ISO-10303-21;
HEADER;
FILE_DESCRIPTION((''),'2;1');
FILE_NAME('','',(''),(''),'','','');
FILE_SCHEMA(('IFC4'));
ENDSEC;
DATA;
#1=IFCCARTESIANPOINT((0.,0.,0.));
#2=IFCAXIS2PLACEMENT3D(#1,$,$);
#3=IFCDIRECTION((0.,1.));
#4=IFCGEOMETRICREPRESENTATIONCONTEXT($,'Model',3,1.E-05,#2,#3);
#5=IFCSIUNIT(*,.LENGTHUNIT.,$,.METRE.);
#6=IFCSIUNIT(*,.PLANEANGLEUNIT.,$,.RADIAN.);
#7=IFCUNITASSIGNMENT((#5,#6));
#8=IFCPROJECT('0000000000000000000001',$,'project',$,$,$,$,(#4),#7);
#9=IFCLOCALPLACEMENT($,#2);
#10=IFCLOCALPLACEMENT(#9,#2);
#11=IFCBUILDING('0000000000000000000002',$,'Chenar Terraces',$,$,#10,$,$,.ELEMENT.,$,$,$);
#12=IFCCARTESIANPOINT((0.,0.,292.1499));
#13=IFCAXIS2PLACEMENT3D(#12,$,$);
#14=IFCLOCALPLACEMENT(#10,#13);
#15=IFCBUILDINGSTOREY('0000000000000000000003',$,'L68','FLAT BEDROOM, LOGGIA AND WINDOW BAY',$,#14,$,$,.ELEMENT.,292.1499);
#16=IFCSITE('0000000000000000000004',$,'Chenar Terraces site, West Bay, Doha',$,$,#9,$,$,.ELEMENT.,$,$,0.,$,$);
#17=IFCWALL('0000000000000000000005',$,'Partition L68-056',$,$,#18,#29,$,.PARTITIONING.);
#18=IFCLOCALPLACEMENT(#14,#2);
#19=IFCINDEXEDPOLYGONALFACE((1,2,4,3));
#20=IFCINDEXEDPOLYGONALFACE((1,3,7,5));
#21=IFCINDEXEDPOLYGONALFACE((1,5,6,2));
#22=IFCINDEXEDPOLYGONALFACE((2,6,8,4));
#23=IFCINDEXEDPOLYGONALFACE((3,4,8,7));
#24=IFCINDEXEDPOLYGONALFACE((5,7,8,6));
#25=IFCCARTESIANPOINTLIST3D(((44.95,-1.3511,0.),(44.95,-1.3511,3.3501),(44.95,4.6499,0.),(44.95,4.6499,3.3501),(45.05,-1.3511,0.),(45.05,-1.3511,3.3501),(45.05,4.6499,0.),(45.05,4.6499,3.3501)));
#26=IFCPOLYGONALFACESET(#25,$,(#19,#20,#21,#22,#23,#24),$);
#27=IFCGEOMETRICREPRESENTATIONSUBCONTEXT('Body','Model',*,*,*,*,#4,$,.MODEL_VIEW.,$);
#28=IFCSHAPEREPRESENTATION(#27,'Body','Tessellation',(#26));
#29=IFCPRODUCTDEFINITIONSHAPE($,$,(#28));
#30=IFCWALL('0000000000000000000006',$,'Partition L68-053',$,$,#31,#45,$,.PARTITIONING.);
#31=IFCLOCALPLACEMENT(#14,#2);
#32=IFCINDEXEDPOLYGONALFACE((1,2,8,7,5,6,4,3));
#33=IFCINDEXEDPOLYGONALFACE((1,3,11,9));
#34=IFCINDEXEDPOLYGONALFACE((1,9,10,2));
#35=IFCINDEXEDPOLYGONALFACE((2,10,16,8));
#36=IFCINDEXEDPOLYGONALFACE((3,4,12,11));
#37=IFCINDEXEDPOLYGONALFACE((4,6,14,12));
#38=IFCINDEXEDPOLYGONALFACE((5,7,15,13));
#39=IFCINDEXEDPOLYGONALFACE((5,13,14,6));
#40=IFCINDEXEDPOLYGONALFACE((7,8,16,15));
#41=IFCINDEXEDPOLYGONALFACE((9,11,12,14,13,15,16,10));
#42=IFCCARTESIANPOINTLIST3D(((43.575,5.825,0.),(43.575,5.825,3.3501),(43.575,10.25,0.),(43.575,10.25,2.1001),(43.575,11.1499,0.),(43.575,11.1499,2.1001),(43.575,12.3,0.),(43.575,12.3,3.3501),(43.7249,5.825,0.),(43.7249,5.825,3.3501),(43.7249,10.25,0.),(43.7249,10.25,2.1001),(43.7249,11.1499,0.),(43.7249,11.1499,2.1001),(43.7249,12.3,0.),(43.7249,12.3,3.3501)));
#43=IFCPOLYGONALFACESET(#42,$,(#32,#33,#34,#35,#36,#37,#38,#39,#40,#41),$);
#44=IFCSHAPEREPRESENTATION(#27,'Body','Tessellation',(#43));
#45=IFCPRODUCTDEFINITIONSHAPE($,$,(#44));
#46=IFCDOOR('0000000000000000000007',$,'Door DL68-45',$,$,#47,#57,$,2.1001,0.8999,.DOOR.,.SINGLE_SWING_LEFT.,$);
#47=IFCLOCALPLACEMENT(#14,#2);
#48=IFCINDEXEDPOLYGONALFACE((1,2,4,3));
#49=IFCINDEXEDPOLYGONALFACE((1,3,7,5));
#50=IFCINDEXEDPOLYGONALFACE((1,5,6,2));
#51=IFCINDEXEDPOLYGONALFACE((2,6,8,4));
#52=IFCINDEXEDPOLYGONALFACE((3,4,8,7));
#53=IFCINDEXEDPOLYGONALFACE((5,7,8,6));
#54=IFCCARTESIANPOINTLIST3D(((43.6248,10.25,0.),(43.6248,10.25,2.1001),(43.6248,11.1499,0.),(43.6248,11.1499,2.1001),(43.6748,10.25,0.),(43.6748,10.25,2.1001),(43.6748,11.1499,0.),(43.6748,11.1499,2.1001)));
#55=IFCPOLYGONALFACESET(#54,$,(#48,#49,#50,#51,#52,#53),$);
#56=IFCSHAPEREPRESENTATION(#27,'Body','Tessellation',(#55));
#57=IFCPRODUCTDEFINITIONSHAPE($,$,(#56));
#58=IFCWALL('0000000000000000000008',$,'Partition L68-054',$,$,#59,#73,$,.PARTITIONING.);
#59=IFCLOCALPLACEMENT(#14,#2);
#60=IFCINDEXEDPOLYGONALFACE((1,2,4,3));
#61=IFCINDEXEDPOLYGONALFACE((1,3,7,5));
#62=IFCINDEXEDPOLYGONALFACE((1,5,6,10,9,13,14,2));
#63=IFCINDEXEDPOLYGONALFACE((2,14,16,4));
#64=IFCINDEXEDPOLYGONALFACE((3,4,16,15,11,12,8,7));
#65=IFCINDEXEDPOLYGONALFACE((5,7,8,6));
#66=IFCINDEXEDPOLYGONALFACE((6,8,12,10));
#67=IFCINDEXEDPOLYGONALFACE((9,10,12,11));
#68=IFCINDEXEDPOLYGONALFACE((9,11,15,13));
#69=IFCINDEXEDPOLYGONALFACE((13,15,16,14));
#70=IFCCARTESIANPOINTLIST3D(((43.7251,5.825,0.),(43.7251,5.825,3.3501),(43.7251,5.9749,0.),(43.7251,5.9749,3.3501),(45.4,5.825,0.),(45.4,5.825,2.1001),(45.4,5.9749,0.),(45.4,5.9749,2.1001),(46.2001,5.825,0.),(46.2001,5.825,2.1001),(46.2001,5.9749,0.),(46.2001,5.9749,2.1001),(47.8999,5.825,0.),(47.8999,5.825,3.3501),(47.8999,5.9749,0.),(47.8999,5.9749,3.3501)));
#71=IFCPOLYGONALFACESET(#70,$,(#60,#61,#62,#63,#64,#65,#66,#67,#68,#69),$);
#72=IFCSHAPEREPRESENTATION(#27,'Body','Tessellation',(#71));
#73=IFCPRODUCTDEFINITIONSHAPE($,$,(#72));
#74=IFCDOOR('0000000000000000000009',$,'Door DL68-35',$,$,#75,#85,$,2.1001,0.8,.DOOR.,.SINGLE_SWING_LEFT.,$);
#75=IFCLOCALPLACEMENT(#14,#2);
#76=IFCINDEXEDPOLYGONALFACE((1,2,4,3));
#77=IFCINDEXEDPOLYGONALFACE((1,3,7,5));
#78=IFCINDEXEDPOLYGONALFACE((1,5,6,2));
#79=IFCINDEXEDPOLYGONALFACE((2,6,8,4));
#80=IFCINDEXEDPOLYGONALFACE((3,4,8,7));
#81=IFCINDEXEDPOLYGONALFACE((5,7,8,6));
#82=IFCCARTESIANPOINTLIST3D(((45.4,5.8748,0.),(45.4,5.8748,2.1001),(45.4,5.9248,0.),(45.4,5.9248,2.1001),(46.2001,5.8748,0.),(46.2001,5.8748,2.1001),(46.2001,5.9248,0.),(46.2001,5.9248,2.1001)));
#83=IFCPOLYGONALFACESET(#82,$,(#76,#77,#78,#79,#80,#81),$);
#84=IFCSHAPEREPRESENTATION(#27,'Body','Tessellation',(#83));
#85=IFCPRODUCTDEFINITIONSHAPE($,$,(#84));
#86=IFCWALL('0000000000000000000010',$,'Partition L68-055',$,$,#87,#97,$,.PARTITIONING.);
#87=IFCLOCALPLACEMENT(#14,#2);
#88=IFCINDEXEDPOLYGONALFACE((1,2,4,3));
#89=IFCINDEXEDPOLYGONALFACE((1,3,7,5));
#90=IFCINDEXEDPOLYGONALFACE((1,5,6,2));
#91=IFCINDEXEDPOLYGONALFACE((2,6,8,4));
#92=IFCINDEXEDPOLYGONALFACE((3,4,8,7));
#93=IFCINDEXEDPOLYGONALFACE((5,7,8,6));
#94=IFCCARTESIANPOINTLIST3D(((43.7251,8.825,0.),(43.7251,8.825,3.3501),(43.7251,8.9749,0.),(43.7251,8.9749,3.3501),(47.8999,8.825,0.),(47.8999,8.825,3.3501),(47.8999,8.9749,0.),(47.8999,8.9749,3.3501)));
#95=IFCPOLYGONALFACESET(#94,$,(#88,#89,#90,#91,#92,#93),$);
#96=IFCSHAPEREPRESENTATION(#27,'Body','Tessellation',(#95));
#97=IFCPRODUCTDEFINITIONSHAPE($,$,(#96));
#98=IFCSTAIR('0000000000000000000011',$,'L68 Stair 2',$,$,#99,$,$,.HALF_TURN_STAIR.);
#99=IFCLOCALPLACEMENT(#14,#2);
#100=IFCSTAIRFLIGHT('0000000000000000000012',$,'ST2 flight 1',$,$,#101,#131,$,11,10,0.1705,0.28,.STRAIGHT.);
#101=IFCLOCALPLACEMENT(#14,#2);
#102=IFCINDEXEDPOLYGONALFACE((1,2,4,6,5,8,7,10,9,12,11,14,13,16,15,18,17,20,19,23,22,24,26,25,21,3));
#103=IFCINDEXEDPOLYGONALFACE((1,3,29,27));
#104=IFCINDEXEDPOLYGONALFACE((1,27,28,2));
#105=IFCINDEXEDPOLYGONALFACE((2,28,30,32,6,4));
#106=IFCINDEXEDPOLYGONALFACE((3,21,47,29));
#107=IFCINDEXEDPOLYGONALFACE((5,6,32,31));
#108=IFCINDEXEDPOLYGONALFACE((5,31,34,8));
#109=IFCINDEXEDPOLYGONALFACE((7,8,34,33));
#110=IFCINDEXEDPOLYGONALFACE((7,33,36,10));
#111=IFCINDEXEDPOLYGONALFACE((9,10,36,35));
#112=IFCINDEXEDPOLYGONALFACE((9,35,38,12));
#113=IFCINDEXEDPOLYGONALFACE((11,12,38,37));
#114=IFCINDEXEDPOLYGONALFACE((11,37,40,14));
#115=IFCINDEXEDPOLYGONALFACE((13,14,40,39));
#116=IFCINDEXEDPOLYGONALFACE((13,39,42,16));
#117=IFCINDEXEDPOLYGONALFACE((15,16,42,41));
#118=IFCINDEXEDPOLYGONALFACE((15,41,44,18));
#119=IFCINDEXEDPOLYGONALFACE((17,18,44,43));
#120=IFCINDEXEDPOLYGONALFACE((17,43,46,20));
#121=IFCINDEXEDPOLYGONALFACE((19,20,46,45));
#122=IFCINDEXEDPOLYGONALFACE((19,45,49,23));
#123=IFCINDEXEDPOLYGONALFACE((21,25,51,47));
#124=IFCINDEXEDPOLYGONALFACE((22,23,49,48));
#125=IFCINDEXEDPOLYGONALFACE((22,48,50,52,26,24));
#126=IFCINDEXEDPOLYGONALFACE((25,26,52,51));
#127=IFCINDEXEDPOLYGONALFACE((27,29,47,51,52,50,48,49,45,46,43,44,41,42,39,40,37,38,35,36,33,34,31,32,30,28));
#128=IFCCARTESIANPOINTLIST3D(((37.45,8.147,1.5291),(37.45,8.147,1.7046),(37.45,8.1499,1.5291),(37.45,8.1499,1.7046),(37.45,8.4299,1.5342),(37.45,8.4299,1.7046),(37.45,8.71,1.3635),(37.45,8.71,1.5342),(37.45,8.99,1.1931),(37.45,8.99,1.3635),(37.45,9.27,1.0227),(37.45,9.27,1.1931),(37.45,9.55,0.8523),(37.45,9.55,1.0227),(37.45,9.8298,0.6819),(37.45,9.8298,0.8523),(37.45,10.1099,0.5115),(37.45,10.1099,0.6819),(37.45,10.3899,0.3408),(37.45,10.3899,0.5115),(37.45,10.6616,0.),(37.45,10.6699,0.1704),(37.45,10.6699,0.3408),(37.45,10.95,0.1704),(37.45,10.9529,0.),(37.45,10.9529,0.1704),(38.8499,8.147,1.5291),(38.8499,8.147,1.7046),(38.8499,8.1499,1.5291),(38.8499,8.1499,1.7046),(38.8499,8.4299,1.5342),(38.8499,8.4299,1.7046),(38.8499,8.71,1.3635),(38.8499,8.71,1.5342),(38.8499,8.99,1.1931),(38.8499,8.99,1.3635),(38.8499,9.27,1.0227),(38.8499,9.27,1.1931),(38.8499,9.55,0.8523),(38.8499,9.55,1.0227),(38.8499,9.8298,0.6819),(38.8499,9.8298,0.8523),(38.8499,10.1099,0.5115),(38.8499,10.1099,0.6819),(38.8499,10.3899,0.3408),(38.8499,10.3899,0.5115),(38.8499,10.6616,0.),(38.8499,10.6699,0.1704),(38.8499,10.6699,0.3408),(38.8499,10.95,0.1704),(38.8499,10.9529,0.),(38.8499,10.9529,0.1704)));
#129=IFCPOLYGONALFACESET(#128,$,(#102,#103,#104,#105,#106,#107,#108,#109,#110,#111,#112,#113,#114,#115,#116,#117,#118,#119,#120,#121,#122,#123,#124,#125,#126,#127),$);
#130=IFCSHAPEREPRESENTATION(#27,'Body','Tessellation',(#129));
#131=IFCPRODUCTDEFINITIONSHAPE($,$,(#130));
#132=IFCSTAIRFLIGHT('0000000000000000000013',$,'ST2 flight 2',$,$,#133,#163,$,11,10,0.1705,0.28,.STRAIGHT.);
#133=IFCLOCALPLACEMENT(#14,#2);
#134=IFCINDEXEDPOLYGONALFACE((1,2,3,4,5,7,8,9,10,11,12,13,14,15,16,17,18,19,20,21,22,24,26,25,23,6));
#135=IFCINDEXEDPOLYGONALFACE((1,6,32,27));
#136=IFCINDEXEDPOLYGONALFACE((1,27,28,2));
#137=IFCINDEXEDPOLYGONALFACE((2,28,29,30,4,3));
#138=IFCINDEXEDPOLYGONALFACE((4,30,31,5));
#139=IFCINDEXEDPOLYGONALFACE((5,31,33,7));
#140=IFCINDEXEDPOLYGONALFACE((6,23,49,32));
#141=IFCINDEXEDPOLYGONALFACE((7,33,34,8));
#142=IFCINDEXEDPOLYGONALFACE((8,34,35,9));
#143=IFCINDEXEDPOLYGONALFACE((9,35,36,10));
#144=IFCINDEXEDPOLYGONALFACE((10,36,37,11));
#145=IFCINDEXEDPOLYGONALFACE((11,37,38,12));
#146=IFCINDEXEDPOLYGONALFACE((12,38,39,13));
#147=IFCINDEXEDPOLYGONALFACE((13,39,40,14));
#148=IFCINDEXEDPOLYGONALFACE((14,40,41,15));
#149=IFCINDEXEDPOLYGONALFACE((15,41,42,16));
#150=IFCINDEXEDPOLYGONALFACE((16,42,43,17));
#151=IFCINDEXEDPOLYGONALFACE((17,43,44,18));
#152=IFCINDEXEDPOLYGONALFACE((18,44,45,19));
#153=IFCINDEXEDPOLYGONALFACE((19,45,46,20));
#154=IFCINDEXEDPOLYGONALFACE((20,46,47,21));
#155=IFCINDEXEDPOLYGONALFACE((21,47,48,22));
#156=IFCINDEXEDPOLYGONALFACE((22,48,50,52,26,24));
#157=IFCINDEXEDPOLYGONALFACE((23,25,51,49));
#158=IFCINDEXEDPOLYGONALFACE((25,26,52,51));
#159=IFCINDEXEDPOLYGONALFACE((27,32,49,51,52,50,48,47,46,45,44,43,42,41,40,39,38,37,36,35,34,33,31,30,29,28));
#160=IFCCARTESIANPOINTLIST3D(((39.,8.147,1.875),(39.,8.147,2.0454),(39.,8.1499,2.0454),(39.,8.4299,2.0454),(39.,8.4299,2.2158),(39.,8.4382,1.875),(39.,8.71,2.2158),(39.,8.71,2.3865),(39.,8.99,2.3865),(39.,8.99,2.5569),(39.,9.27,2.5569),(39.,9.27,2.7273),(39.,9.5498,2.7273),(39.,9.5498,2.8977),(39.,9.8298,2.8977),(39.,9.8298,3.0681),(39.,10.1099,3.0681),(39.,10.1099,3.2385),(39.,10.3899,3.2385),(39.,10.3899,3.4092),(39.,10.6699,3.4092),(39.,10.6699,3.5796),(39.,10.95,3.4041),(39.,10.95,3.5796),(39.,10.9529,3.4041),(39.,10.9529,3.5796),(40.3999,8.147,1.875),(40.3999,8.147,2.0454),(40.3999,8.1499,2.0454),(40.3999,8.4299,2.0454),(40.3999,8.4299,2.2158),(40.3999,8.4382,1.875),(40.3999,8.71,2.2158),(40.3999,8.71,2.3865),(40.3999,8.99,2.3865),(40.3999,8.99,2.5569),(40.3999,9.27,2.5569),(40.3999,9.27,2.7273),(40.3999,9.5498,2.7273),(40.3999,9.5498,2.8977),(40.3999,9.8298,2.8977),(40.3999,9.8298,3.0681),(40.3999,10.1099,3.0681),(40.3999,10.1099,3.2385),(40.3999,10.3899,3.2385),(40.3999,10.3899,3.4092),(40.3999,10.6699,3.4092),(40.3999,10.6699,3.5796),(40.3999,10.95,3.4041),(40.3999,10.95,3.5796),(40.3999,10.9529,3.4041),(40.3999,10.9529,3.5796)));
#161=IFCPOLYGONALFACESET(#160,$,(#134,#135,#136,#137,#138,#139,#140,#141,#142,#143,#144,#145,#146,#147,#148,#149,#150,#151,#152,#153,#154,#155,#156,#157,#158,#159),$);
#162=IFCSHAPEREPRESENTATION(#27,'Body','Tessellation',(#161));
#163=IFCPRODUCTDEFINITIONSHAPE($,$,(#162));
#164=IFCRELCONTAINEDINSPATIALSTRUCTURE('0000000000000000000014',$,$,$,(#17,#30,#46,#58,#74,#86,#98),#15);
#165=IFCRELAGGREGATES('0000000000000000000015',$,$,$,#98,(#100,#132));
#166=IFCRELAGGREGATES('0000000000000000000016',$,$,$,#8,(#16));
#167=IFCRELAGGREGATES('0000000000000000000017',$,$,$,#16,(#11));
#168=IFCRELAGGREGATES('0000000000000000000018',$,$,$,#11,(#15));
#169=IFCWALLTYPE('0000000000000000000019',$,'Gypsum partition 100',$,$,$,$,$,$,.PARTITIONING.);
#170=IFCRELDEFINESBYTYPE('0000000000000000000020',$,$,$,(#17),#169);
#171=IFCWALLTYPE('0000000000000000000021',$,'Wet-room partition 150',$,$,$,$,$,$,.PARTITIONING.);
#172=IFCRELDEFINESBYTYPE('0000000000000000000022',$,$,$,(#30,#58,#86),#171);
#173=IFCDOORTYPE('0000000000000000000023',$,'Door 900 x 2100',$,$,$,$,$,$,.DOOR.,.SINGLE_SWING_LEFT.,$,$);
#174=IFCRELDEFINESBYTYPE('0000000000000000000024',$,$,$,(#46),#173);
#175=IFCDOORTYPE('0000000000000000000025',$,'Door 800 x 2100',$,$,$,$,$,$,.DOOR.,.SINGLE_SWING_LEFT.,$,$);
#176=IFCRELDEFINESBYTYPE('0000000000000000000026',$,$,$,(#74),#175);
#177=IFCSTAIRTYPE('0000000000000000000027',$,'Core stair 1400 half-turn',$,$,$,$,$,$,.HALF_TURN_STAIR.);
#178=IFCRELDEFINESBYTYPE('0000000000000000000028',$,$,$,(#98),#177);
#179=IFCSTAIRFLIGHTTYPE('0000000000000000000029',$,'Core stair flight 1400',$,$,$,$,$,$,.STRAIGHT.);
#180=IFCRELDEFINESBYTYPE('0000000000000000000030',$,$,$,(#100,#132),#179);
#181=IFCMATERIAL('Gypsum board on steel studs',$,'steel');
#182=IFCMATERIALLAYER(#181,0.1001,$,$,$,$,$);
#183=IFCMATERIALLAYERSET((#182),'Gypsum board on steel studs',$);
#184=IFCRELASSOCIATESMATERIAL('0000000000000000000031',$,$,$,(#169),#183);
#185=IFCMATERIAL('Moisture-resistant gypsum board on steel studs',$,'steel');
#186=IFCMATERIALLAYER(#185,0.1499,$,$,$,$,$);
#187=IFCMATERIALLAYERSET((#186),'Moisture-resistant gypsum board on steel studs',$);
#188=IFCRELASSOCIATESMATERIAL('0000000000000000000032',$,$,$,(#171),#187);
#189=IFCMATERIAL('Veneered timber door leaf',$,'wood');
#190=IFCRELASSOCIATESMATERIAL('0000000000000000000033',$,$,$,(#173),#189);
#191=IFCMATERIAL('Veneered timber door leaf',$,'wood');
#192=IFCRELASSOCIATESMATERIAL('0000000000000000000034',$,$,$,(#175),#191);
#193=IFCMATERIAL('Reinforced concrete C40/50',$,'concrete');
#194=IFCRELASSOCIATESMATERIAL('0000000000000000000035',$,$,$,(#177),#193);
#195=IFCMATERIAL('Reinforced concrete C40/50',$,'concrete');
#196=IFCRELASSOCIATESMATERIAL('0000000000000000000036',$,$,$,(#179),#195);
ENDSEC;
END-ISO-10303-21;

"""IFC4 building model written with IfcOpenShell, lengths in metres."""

from ifc_helpers import new_model, si_unit, direction, frame, frame_2d, origin, place, context, subcontext, project, spatial, polyline, rectangle, outline, extrude, material, layer, layer_set, type_object, element, fill, aggregate, save


model = new_model("IFC4")

# Units and contexts
model_context = context("Model", 3, precision=1e-05, world=origin(), true_north=direction((0.0, 1.0)))
body_context = subcontext(model_context, "Body", "Model", "MODEL_VIEW")
ifc_project = project(units=[si_unit("LENGTHUNIT", "METRE"), si_unit("PLANEANGLEUNIT", "RADIAN")], contexts=[model_context])

# Site, building, storey
site_placement = place(None, origin())
site = spatial("IfcSite", under=ifc_project, at=site_placement, Name="Chenar Terraces site, West Bay, Doha", CompositionType="ELEMENT", RefElevation=0.0)
building_placement = place(site_placement, origin())
building = spatial("IfcBuilding", under=site, at=building_placement, Name="Chenar Terraces", CompositionType="ELEMENT")
storey_placement = place(building_placement, frame((0.0, 0.0, 292.1499)))
storey = spatial("IfcBuildingStorey", under=building, at=storey_placement, Name="L68", Description="FLAT BEDROOM, LOGGIA AND WINDOW BAY", CompositionType="ELEMENT", Elevation=292.1499)

# Wall
ifc_material_1 = material(Name="Gypsum board on steel studs", Category="steel")
ifc_layer_1 = layer(ifc_material_1, 0.1001)
ifc_layer_set_1 = layer_set([ifc_layer_1], Name="Gypsum board on steel studs")
wall_type_1 = type_object("IfcWallType", Name="Gypsum partition 100", PredefinedType="PARTITIONING", material=ifc_layer_set_1)
wall_1_placement = place(storey_placement, frame((45.0, -1.3511, 0.0), z_axis=(0.0, 0.0, 1.0), x_axis=(0.0, 1.0, 0.0)))
element("IfcWall", 1, at=wall_1_placement, inside=storey, type_object=wall_type_1, Name="Partition L68-056", PredefinedType="PARTITIONING", context=body_context, shape_type="SweptSolid", body=[
    extrude(rectangle(XDim=6.001, YDim=0.1001, at=frame_2d((3.0005, 0.0))), origin(), (0.0, 0.0, 1.0), 3.3501),
])

# Walls, openings, doors
ifc_material_2 = material(Name="Moisture-resistant gypsum board on steel studs", Category="steel")
ifc_layer_2 = layer(ifc_material_2, 0.1499)
ifc_layer_set_2 = layer_set([ifc_layer_2], Name="Moisture-resistant gypsum board on steel studs")
wall_type_2 = type_object("IfcWallType", Name="Wet-room partition 150", PredefinedType="PARTITIONING", material=ifc_layer_set_2)
wall_2_placement = place(storey_placement, frame((43.6499, 5.825, 0.0), z_axis=(0.0, 0.0, 1.0), x_axis=(0.0, 1.0, 0.0)))
wall_2 = element("IfcWall", 2, at=wall_2_placement, inside=storey, type_object=wall_type_2, Name="Partition L68-053", PredefinedType="PARTITIONING", context=body_context, shape_type="SweptSolid", body=[
    extrude(rectangle(XDim=6.4751, YDim=0.1499, at=frame_2d((3.2375, 0.0))), origin(), (0.0, 0.0, 1.0), 3.3501),
])
opening_1_placement = place(wall_2_placement, frame((4.425, 0.0, 0.0)))
opening_1 = element("IfcOpeningElement", 3, at=opening_1_placement, cuts=wall_2, PredefinedType="OPENING", context=body_context, shape_type="SweptSolid", body=[
    extrude(rectangle(XDim=0.8999, YDim=2.1001, at=frame_2d((0.45, 1.05))), frame((0.0, 0.085, 0.0), z_axis=(0.0, -1.0, 0.0), x_axis=(1.0, 0.0, 0.0)), (0.0, 0.0, 1.0), 0.1699),
])
ifc_material_3 = material(Name="Veneered timber door leaf", Category="wood")
door_type_1 = type_object("IfcDoorType", Name="Door 900 x 2100", OperationType="SINGLE_SWING_LEFT", PredefinedType="DOOR", material=ifc_material_3)
door_1_placement = place(opening_1_placement, frame((0.8999, 0.0, 0.0), z_axis=(0.0, 0.0, 1.0), x_axis=(-1.0, 0.0, 0.0)))
door_1 = element("IfcDoor", 4, at=door_1_placement, inside=storey, type_object=door_type_1, Name="Door DL68-45", OperationType="SINGLE_SWING_LEFT", OverallHeight=2.1001, OverallWidth=0.8999, PredefinedType="DOOR", context=body_context, shape_type="SweptSolid", body=[
    extrude(rectangle(XDim=0.8999, YDim=2.1001, at=frame_2d((0.45, 1.05))), frame((0.0, 0.0249, 0.0), z_axis=(0.0, -1.0, 0.0), x_axis=(1.0, 0.0, 0.0)), (0.0, 0.0, 1.0), 0.05),
])
fill(opening_1, door_1)
wall_3_placement = place(storey_placement, frame((43.7251, 5.8999, 0.0), z_axis=(0.0, 0.0, 1.0), x_axis=(1.0, 0.0, 0.0)))
wall_3 = element("IfcWall", 5, at=wall_3_placement, inside=storey, type_object=wall_type_2, Name="Partition L68-054", PredefinedType="PARTITIONING", context=body_context, shape_type="SweptSolid", body=[
    extrude(rectangle(XDim=4.1748, YDim=0.1499, at=frame_2d((2.0874, 0.0))), origin(), (0.0, 0.0, 1.0), 3.3501),
])
opening_2_placement = place(wall_3_placement, frame((1.675, 0.0, 0.0)))
opening_2 = element("IfcOpeningElement", 6, at=opening_2_placement, cuts=wall_3, PredefinedType="OPENING", context=body_context, shape_type="SweptSolid", body=[
    extrude(rectangle(XDim=0.8, YDim=2.1001, at=frame_2d((0.3999, 1.05))), frame((0.0, 0.085, 0.0), z_axis=(0.0, -1.0, 0.0), x_axis=(1.0, 0.0, 0.0)), (0.0, 0.0, 1.0), 0.1699),
])
ifc_material_4 = material(Name="Veneered timber door leaf", Category="wood")
door_type_2 = type_object("IfcDoorType", Name="Door 800 x 2100", OperationType="SINGLE_SWING_LEFT", PredefinedType="DOOR", material=ifc_material_4)
door_2_placement = place(opening_2_placement, origin())
door_2 = element("IfcDoor", 7, at=door_2_placement, inside=storey, type_object=door_type_2, Name="Door DL68-35", OperationType="SINGLE_SWING_LEFT", OverallHeight=2.1001, OverallWidth=0.8, PredefinedType="DOOR", context=body_context, shape_type="SweptSolid", body=[
    extrude(rectangle(XDim=0.8, YDim=2.1001, at=frame_2d((0.3999, 1.05))), frame((0.0, 0.0249, 0.0), z_axis=(0.0, -1.0, 0.0), x_axis=(1.0, 0.0, 0.0)), (0.0, 0.0, 1.0), 0.05),
])
fill(opening_2, door_2)

# Wall
wall_4_placement = place(storey_placement, frame((43.7251, 8.8999, 0.0), z_axis=(0.0, 0.0, 1.0), x_axis=(1.0, 0.0, 0.0)))
element("IfcWall", 8, at=wall_4_placement, inside=storey, type_object=wall_type_2, Name="Partition L68-055", PredefinedType="PARTITIONING", context=body_context, shape_type="SweptSolid", body=[
    extrude(rectangle(XDim=4.1748, YDim=0.1499, at=frame_2d((2.0874, 0.0))), origin(), (0.0, 0.0, 1.0), 3.3501),
])

# Stair, stair flights
ifc_material_5 = material(Name="Reinforced concrete C40/50", Category="concrete")
stair_type = type_object("IfcStairType", Name="Core stair 1400 half-turn", PredefinedType="HALF_TURN_STAIR", material=ifc_material_5)
stair_placement = place(storey_placement, origin())
stair = element("IfcStair", 9, at=stair_placement, inside=storey, type_object=stair_type, Name="L68 Stair 2", PredefinedType="HALF_TURN_STAIR")
ifc_material_6 = material(Name="Reinforced concrete C40/50", Category="concrete")
stair_flight_type = type_object("IfcStairFlightType", Name="Core stair flight 1400", PredefinedType="STRAIGHT", material=ifc_material_6)
stair_flight_1_placement = place(storey_placement, frame((38.1499, 10.95, 0.0), z_axis=(0.0, 0.0, 1.0), x_axis=(0.0, -1.0, 0.0)))
stair_flight_1 = element("IfcStairFlight", 10, at=stair_flight_1_placement, type_object=stair_flight_type, Name="ST2 flight 1", NumberOfRisers=11, NumberOfTreads=10, PredefinedType="STRAIGHT", RiserHeight=0.1705, TreadLength=0.28, context=body_context, shape_type="SweptSolid", body=[
    extrude(outline(polyline([(-0.0029, 0.0), (-0.0029, 0.1704), (0.0, 0.1704), (0.28, 0.1704), (0.28, 0.3408), (0.5601, 0.3408), (0.5601, 0.5115), (0.8401, 0.5115), (0.8401, 0.6819), (1.1201, 0.6819), (1.1201, 0.8523), (1.3999, 0.8523), (1.3999, 1.0227), (1.6799, 1.0227), (1.6799, 1.1931), (1.96, 1.1931), (1.96, 1.3635), (2.24, 1.3635), (2.24, 1.5342), (2.52, 1.5342), (2.52, 1.7046), (2.8, 1.7046), (2.803, 1.7046), (2.803, 1.5291), (2.8, 1.5291), (0.2883, 0.0), (-0.0029, 0.0)])), frame((0.0, 0.7, 0.0), z_axis=(0.0, -1.0, 0.0), x_axis=(1.0, 0.0, 0.0)), (0.0, 0.0, 1.0), 1.3999),
])
stair_flight_2_placement = place(storey_placement, frame((39.7, 8.1499, 1.875), z_axis=(0.0, 0.0, 1.0), x_axis=(0.0, 1.0, 0.0)))
stair_flight_2 = element("IfcStairFlight", 11, at=stair_flight_2_placement, type_object=stair_flight_type, Name="ST2 flight 2", NumberOfRisers=11, NumberOfTreads=10, PredefinedType="STRAIGHT", RiserHeight=0.1705, TreadLength=0.28, context=body_context, shape_type="SweptSolid", body=[
    extrude(outline(polyline([(-0.0029, 0.0), (-0.0029, 0.1704), (0.0, 0.1704), (0.28, 0.1704), (0.28, 0.3408), (0.5601, 0.3408), (0.5601, 0.5115), (0.8401, 0.5115), (0.8401, 0.6819), (1.1201, 0.6819), (1.1201, 0.8523), (1.3999, 0.8523), (1.3999, 1.0227), (1.6799, 1.0227), (1.6799, 1.1931), (1.96, 1.1931), (1.96, 1.3635), (2.24, 1.3635), (2.24, 1.5342), (2.52, 1.5342), (2.52, 1.7046), (2.8, 1.7046), (2.803, 1.7046), (2.803, 1.5291), (2.8, 1.5291), (0.2883, 0.0), (-0.0029, 0.0)])), frame((0.0, 0.7, 0.0), z_axis=(0.0, -1.0, 0.0), x_axis=(1.0, 0.0, 0.0)), (0.0, 0.0, 1.0), 1.3999),
])
aggregate(stair, [stair_flight_1, stair_flight_2])

save(model, "model.ifc")
